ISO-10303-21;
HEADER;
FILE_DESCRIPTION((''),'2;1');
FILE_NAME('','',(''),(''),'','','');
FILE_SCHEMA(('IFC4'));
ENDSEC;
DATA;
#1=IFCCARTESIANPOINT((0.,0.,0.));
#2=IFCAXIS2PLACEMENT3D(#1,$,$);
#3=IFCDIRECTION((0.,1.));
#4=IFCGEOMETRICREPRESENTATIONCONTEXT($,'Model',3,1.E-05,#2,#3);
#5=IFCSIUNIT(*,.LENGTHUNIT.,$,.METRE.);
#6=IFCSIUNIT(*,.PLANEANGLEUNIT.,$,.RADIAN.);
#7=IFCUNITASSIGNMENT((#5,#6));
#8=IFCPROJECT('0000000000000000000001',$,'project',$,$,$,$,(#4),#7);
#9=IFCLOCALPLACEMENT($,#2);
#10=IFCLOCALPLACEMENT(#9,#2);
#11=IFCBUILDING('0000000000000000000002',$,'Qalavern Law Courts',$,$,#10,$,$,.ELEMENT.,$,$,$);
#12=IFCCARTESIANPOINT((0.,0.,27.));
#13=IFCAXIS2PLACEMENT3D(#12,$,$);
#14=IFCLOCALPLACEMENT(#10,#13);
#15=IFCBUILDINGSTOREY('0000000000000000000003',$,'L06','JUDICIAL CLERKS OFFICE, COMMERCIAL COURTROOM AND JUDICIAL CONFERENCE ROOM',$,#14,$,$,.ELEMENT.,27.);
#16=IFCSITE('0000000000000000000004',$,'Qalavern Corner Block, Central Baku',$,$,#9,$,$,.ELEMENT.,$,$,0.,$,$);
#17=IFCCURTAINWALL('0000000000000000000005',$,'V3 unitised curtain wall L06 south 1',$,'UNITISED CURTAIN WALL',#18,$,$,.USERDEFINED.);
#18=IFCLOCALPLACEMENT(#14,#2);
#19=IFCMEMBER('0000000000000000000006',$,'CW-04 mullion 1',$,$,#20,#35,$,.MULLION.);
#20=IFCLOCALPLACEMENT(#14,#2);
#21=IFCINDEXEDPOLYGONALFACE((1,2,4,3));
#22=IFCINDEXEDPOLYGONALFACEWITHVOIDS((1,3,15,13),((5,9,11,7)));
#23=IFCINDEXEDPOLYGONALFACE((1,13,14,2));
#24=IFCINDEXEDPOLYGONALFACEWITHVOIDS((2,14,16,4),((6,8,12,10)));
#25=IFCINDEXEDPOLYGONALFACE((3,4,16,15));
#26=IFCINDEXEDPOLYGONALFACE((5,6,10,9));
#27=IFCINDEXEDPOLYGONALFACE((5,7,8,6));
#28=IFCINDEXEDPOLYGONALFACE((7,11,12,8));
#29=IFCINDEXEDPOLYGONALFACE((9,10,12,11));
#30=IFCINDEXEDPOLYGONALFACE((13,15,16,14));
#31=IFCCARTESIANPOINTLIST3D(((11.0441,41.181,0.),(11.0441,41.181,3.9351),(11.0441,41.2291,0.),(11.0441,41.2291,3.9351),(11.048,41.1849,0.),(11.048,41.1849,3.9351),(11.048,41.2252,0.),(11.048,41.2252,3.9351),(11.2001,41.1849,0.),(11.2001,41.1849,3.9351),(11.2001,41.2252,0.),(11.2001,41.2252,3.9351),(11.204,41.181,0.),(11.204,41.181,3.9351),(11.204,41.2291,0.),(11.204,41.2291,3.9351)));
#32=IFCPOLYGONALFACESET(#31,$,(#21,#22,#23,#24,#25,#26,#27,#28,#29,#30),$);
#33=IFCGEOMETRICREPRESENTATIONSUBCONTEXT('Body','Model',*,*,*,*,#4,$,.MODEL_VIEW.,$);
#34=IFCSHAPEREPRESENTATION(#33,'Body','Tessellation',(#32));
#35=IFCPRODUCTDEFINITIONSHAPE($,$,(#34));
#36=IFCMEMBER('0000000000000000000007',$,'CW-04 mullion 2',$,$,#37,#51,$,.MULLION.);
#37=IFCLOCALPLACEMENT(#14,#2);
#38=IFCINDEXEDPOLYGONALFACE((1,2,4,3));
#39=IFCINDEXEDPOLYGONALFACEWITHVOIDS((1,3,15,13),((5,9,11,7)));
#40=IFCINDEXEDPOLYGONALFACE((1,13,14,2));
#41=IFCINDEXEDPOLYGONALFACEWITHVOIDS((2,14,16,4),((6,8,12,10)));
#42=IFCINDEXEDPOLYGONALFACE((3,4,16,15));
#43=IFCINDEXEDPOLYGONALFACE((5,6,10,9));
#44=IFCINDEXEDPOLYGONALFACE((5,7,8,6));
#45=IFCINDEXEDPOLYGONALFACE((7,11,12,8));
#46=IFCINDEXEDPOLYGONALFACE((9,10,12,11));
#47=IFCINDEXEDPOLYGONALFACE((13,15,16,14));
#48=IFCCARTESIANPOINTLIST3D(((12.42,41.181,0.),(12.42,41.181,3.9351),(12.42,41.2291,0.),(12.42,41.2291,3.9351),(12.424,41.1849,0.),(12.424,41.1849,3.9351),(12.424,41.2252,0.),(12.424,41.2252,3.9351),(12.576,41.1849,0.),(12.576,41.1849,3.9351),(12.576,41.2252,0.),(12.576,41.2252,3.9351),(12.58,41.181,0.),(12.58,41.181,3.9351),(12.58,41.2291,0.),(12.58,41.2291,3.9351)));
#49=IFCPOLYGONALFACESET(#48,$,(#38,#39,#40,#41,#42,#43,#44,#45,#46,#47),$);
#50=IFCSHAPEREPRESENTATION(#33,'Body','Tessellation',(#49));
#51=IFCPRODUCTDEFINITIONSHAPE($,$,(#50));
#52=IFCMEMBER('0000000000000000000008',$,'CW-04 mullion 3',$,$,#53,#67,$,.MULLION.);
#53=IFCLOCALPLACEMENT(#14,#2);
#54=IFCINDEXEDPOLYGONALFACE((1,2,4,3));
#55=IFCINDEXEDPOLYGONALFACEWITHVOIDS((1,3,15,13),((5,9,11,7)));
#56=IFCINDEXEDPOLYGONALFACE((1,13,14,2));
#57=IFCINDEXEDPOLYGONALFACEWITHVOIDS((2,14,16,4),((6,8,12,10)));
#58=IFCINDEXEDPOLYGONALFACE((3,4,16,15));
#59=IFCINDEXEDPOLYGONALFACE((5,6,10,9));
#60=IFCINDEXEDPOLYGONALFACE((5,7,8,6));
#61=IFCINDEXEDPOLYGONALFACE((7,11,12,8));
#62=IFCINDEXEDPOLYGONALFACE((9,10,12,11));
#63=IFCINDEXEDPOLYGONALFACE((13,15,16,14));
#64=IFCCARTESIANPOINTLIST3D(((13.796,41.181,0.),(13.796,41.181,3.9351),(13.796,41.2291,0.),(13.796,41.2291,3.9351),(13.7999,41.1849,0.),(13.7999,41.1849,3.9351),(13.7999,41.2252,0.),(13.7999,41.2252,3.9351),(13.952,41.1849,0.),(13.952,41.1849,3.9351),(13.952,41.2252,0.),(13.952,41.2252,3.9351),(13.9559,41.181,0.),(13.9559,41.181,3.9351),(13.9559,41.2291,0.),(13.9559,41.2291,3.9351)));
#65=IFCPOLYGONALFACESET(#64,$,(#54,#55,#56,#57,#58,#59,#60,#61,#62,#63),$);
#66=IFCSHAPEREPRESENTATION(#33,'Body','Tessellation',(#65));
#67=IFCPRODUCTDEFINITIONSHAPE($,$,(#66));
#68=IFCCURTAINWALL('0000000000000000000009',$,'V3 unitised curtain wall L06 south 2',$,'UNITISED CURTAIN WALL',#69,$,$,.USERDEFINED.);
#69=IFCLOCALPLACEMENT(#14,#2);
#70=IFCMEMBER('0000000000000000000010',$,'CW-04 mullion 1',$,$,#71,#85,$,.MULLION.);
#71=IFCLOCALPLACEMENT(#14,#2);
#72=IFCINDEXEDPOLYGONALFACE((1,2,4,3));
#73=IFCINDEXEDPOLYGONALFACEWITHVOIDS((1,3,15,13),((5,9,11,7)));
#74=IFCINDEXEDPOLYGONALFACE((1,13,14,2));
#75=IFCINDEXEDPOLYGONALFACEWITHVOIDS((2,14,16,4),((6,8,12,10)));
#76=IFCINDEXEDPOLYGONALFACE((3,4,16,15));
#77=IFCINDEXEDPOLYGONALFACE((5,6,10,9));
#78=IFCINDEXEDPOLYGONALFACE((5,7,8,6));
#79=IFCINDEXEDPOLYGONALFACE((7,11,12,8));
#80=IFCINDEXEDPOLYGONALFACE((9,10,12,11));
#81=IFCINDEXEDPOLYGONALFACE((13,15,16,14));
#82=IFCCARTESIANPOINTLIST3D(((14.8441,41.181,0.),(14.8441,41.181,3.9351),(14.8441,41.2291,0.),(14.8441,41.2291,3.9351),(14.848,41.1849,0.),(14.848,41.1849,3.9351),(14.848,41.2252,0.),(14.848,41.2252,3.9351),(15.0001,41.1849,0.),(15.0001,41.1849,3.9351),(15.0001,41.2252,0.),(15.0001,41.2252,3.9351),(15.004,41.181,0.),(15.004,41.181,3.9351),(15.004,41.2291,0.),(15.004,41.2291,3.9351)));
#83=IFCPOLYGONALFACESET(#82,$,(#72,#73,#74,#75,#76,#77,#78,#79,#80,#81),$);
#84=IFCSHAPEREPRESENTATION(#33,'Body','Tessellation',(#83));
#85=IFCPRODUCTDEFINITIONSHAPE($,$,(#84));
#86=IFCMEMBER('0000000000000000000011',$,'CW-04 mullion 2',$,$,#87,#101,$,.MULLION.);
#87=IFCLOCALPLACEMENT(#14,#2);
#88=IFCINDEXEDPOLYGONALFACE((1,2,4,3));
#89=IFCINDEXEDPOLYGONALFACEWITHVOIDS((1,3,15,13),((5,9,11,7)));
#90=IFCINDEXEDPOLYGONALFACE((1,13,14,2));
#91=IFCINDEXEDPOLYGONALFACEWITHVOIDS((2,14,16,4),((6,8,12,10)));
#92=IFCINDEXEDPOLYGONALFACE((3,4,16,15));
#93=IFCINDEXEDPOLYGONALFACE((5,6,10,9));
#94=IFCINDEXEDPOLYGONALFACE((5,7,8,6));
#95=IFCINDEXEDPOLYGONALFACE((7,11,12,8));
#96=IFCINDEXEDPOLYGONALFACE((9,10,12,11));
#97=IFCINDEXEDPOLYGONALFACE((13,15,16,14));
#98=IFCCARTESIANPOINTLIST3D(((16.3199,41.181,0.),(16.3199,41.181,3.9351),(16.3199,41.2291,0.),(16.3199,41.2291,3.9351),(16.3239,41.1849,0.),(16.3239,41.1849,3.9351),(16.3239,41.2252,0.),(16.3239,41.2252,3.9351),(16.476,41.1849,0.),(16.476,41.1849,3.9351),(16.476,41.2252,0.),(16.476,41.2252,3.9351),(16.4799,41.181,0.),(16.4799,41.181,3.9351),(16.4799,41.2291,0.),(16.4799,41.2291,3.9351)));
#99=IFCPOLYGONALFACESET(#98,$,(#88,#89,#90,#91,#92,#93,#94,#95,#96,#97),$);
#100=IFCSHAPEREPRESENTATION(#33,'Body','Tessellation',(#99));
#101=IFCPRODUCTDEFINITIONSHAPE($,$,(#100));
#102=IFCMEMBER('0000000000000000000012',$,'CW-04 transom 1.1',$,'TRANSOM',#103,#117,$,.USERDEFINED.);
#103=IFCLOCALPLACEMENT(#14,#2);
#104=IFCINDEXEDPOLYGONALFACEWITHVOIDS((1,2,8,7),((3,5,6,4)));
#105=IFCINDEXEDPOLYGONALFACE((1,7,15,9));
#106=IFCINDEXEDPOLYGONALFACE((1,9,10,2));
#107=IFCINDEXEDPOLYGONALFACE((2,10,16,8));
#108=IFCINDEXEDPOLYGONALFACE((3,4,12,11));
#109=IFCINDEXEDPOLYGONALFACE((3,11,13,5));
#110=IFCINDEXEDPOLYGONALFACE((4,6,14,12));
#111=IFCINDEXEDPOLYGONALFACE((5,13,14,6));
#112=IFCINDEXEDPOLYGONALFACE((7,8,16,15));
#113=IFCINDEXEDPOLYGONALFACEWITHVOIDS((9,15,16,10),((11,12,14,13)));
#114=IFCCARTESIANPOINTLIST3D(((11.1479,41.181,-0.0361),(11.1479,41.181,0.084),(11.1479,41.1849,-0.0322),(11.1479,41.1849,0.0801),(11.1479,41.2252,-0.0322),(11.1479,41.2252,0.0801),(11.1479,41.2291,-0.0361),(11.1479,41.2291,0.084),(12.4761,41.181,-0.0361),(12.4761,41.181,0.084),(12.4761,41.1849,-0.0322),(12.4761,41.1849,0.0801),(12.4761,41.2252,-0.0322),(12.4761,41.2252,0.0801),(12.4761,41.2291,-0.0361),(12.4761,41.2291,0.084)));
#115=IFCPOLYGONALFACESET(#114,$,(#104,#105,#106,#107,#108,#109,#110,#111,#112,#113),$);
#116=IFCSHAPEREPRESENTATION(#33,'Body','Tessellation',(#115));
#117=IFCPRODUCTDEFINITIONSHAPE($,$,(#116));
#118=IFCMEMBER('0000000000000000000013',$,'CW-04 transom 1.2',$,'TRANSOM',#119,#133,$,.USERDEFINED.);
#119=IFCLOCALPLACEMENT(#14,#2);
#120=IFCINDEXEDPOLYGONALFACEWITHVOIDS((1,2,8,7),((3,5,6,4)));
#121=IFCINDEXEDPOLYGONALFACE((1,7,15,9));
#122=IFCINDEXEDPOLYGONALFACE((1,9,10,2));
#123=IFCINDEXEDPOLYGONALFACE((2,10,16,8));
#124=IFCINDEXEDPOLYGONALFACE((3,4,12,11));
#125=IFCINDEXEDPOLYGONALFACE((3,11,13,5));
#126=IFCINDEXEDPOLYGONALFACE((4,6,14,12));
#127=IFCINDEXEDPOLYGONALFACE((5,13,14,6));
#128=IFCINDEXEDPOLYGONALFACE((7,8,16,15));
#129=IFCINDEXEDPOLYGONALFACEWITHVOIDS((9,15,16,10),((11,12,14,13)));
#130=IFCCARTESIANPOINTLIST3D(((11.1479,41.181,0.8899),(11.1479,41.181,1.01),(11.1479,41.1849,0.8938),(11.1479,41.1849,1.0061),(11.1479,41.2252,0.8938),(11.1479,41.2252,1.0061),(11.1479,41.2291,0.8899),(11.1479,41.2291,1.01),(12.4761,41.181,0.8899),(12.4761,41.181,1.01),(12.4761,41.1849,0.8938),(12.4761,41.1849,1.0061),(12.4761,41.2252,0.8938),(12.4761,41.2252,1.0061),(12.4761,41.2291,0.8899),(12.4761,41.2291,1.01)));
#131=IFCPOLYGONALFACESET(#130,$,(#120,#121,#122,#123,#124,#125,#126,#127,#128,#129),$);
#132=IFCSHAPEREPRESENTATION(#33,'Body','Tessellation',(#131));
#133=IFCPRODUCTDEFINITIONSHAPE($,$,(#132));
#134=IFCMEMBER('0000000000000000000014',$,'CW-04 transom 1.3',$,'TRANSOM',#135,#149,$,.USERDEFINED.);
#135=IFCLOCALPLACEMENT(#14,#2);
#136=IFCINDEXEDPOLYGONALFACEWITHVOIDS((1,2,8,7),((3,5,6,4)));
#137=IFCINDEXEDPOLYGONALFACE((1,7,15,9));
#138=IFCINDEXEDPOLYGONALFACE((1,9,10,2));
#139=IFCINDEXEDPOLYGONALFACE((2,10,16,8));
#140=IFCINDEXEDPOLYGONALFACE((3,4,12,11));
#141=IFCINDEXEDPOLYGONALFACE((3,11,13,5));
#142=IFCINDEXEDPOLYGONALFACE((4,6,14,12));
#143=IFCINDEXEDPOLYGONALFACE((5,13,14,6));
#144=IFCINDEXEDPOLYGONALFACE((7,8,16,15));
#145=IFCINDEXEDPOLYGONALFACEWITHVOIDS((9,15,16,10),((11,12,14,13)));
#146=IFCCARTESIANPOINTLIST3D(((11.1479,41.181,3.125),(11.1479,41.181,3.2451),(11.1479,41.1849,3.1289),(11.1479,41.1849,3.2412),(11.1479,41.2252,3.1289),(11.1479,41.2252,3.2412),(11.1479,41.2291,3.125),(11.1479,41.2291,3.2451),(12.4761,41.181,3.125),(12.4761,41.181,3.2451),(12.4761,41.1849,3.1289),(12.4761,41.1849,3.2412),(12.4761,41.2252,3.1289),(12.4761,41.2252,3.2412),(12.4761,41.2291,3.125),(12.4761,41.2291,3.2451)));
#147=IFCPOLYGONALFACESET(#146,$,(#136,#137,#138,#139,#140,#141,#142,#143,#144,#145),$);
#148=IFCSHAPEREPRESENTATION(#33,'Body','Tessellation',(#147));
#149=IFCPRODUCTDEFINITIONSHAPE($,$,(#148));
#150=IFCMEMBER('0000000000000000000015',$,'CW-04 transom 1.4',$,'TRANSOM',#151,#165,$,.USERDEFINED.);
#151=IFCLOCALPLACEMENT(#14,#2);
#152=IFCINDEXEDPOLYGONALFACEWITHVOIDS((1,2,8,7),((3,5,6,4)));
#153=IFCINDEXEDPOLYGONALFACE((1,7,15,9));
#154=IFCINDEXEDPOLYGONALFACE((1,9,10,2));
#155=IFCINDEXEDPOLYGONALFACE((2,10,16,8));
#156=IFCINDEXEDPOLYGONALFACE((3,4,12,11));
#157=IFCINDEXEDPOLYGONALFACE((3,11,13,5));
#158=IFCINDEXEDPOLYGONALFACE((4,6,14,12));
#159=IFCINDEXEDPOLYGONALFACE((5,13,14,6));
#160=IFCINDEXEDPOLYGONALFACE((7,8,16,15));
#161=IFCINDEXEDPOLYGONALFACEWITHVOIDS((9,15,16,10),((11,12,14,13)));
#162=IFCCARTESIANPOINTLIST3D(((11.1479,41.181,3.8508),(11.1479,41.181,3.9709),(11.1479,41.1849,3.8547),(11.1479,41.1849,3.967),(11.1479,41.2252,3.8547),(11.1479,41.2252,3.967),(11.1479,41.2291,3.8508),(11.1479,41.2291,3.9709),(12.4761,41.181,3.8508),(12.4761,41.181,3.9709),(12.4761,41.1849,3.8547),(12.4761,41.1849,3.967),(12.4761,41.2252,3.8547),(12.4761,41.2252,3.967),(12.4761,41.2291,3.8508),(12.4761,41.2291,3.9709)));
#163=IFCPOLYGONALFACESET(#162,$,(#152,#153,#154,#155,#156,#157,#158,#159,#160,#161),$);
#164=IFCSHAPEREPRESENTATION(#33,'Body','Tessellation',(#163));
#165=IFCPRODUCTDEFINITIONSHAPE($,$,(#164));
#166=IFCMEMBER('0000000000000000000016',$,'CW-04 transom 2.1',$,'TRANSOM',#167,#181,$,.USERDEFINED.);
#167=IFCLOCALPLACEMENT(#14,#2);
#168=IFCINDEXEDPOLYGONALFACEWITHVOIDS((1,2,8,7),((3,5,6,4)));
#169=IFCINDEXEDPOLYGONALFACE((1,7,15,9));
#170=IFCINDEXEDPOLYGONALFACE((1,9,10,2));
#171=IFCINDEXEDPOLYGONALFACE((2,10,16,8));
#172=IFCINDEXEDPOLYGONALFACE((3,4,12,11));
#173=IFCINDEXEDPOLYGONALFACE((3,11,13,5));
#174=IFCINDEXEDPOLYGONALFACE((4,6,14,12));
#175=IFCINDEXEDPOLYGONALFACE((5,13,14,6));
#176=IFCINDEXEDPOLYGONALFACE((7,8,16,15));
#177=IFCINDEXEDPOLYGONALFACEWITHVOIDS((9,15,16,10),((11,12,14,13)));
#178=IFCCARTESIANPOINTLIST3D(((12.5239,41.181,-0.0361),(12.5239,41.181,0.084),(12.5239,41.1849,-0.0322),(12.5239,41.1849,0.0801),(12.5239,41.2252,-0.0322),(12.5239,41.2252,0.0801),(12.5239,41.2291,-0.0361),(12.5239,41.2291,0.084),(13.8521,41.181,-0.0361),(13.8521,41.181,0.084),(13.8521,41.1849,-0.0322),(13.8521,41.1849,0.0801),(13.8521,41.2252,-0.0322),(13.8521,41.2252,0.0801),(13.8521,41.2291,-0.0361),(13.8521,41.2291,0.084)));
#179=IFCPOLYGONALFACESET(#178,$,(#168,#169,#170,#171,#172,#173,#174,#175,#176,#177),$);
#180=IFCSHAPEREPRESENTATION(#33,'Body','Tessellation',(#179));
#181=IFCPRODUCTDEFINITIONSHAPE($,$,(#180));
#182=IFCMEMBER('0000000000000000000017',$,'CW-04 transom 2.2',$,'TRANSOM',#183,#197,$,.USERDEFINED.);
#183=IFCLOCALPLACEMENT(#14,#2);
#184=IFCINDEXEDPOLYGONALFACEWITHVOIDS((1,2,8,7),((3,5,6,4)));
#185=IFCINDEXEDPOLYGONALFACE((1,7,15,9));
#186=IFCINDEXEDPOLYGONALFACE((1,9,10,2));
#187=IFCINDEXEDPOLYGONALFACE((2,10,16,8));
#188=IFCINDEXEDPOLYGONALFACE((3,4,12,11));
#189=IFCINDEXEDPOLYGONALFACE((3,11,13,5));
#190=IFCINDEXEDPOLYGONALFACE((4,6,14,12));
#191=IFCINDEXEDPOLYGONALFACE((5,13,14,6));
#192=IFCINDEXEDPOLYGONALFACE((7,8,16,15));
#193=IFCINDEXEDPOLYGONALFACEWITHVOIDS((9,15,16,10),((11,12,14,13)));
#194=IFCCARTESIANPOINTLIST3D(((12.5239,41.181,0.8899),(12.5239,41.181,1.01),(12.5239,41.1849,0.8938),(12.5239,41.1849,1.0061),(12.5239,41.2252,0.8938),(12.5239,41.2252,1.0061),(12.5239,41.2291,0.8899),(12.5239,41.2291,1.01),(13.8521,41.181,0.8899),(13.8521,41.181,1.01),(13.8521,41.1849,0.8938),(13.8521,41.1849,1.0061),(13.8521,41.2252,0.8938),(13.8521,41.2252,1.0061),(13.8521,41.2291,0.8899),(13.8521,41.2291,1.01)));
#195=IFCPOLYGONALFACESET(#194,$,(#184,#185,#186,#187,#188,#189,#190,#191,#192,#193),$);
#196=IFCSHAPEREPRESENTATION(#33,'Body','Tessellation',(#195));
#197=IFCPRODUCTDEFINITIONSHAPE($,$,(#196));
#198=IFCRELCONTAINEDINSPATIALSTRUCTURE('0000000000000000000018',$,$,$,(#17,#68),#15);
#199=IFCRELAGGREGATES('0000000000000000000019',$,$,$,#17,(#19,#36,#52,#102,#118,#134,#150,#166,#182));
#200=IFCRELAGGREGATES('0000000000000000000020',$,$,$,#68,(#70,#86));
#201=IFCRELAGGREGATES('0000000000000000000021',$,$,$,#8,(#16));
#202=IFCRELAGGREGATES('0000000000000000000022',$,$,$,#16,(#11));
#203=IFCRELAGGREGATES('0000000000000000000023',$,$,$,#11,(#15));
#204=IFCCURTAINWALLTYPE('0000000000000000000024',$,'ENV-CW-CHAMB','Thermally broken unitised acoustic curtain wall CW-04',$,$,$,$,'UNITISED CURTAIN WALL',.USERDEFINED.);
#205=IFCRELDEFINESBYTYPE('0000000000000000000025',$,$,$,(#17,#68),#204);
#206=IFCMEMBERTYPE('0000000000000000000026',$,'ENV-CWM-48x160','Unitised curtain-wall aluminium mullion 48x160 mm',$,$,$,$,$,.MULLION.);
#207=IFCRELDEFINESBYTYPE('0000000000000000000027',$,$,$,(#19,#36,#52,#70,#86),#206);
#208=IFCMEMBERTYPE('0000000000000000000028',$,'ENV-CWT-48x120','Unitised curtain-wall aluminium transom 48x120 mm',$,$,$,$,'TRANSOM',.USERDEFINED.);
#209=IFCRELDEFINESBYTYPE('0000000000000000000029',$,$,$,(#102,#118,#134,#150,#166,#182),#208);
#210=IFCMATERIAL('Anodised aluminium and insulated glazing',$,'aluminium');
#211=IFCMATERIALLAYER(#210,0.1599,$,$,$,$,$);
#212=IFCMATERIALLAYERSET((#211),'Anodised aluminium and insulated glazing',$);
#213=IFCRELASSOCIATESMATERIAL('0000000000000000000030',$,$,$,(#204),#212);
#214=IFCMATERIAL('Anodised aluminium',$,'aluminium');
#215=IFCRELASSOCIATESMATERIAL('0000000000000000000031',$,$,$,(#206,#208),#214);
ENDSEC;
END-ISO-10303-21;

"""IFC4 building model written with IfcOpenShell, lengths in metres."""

from ifc_helpers import new_model, si_unit, direction, frame, origin, origin_2d, place, context, subcontext, project, spatial, hollow_rectangle, extrude, material, layer, layer_set, material_profile, profile_set, type_object, element, aggregate, save


model = new_model("IFC4")

# Units and contexts
model_context = context("Model", 3, precision=1e-05, world=origin(), true_north=direction((0.0, 1.0)))
body_context = subcontext(model_context, "Body", "Model", "MODEL_VIEW")
ifc_project = project(units=[si_unit("LENGTHUNIT", "METRE"), si_unit("PLANEANGLEUNIT", "RADIAN")], contexts=[model_context])

# Site, building, storey
site_placement = place(None, origin())
site = spatial("IfcSite", under=ifc_project, at=site_placement, Name="Qalavern Corner Block, Central Baku", CompositionType="ELEMENT", RefElevation=0.0)
building_placement = place(site_placement, origin())
building = spatial("IfcBuilding", under=site, at=building_placement, Name="Qalavern Law Courts", CompositionType="ELEMENT")
storey_placement = place(building_placement, frame((0.0, 0.0, 27.0)))
storey = spatial("IfcBuildingStorey", under=building, at=storey_placement, Name="L06", Description="JUDICIAL CLERKS OFFICE, COMMERCIAL COURTROOM AND JUDICIAL CONFERENCE ROOM", CompositionType="ELEMENT", Elevation=27.0)

# Curtain walls, members
ifc_material_1 = material(Name="Anodised aluminium and insulated glazing", Category="aluminium")
ifc_layer_1 = layer(ifc_material_1, 0.1599)
ifc_layer_set_1 = layer_set([ifc_layer_1], Name="Anodised aluminium and insulated glazing")
curtain_wall_type = type_object("IfcCurtainWallType", Name="ENV-CW-CHAMB", Description="Thermally broken unitised acoustic curtain wall CW-04", ElementType="UNITISED CURTAIN WALL", PredefinedType="USERDEFINED", material=ifc_layer_set_1)
curtain_wall_1_placement = place(storey_placement, origin())
curtain_wall_1 = element("IfcCurtainWall", 1, at=curtain_wall_1_placement, inside=storey, type_object=curtain_wall_type, Name="V3 unitised curtain wall L06 south 1", ObjectType="UNITISED CURTAIN WALL", PredefinedType="USERDEFINED")
ifc_material_2 = material(Name="Anodised aluminium", Category="aluminium")
ifc_material_profile_1 = material_profile(ifc_material_2, hollow_rectangle(XDim=0.0481, YDim=0.1599, WallThickness=0.0039, at=origin_2d()), Name="ALU MULLION 48x160")
ifc_profile_set_1 = profile_set([ifc_material_profile_1], Name="Anodised aluminium")
member_type_1 = type_object("IfcMemberType", Name="ENV-CWM-48x160", Description="Unitised curtain-wall aluminium mullion 48x160 mm", PredefinedType="MULLION", material=ifc_profile_set_1)
member_1_placement = place(storey_placement, frame((11.124, 41.2051, 0.0), z_axis=(0.0, 0.0, 1.0), x_axis=(0.0, 1.0, 0.0)))
member_1 = element("IfcMember", 2, at=member_1_placement, type_object=member_type_1, Name="CW-04 mullion 1", PredefinedType="MULLION", context=body_context, shape_type="SweptSolid", body=[
    extrude(hollow_rectangle(XDim=0.0481, YDim=0.1599, WallThickness=0.0039, at=origin_2d()), origin(), (0.0, 0.0, 1.0), 3.9351),
])
member_2_placement = place(storey_placement, frame((12.5, 41.2051, 0.0), z_axis=(0.0, 0.0, 1.0), x_axis=(0.0, 1.0, 0.0)))
member_2 = element("IfcMember", 3, at=member_2_placement, type_object=member_type_1, Name="CW-04 mullion 2", PredefinedType="MULLION", context=body_context, shape_type="SweptSolid", body=[
    extrude(hollow_rectangle(XDim=0.0481, YDim=0.1599, WallThickness=0.0039, at=origin_2d()), origin(), (0.0, 0.0, 1.0), 3.9351),
])
member_3_placement = place(storey_placement, frame((13.876, 41.2051, 0.0), z_axis=(0.0, 0.0, 1.0), x_axis=(0.0, 1.0, 0.0)))
member_3 = element("IfcMember", 4, at=member_3_placement, type_object=member_type_1, Name="CW-04 mullion 3", PredefinedType="MULLION", context=body_context, shape_type="SweptSolid", body=[
    extrude(hollow_rectangle(XDim=0.0481, YDim=0.1599, WallThickness=0.0039, at=origin_2d()), origin(), (0.0, 0.0, 1.0), 3.9351),
])
curtain_wall_2_placement = place(storey_placement, origin())
curtain_wall_2 = element("IfcCurtainWall", 5, at=curtain_wall_2_placement, inside=storey, type_object=curtain_wall_type, Name="V3 unitised curtain wall L06 south 2", ObjectType="UNITISED CURTAIN WALL", PredefinedType="USERDEFINED")
member_4_placement = place(storey_placement, frame((14.9241, 41.2051, 0.0), z_axis=(0.0, 0.0, 1.0), x_axis=(0.0, 1.0, 0.0)))
member_4 = element("IfcMember", 6, at=member_4_placement, type_object=member_type_1, Name="CW-04 mullion 1", PredefinedType="MULLION", context=body_context, shape_type="SweptSolid", body=[
    extrude(hollow_rectangle(XDim=0.0481, YDim=0.1599, WallThickness=0.0039, at=origin_2d()), origin(), (0.0, 0.0, 1.0), 3.9351),
])
member_5_placement = place(storey_placement, frame((16.3999, 41.2051, 0.0), z_axis=(0.0, 0.0, 1.0), x_axis=(0.0, 1.0, 0.0)))
member_5 = element("IfcMember", 7, at=member_5_placement, type_object=member_type_1, Name="CW-04 mullion 2", PredefinedType="MULLION", context=body_context, shape_type="SweptSolid", body=[
    extrude(hollow_rectangle(XDim=0.0481, YDim=0.1599, WallThickness=0.0039, at=origin_2d()), origin(), (0.0, 0.0, 1.0), 3.9351),
])

# Members
ifc_material_profile_2 = material_profile(ifc_material_2, hollow_rectangle(XDim=0.0481, YDim=0.1201, WallThickness=0.0039, at=origin_2d()), Name="ALU TRANSOM 48x120")
ifc_profile_set_2 = profile_set([ifc_material_profile_2], Name="Anodised aluminium")
member_type_2 = type_object("IfcMemberType", Name="ENV-CWT-48x120", Description="Unitised curtain-wall aluminium transom 48x120 mm", ElementType="TRANSOM", PredefinedType="USERDEFINED", material=ifc_profile_set_2)
member_6_placement = place(storey_placement, frame((11.1479, 41.2051, 0.0239), z_axis=(1.0, 0.0, 0.0), x_axis=(0.0, 1.0, 0.0)))
member_6 = element("IfcMember", 8, at=member_6_placement, type_object=member_type_2, Name="CW-04 transom 1.1", ObjectType="TRANSOM", PredefinedType="USERDEFINED", context=body_context, shape_type="SweptSolid", body=[
    extrude(hollow_rectangle(XDim=0.0481, YDim=0.1201, WallThickness=0.0039, at=origin_2d()), origin(), (0.0, 0.0, 1.0), 1.3281),
])
member_7_placement = place(storey_placement, frame((11.1479, 41.2051, 0.95), z_axis=(1.0, 0.0, 0.0), x_axis=(0.0, 1.0, 0.0)))
member_7 = element("IfcMember", 9, at=member_7_placement, type_object=member_type_2, Name="CW-04 transom 1.2", ObjectType="TRANSOM", PredefinedType="USERDEFINED", context=body_context, shape_type="SweptSolid", body=[
    extrude(hollow_rectangle(XDim=0.0481, YDim=0.1201, WallThickness=0.0039, at=origin_2d()), origin(), (0.0, 0.0, 1.0), 1.3281),
])
member_8_placement = place(storey_placement, frame((11.1479, 41.2051, 3.1851), z_axis=(1.0, 0.0, 0.0), x_axis=(0.0, 1.0, 0.0)))
member_8 = element("IfcMember", 10, at=member_8_placement, type_object=member_type_2, Name="CW-04 transom 1.3", ObjectType="TRANSOM", PredefinedType="USERDEFINED", context=body_context, shape_type="SweptSolid", body=[
    extrude(hollow_rectangle(XDim=0.0481, YDim=0.1201, WallThickness=0.0039, at=origin_2d()), origin(), (0.0, 0.0, 1.0), 1.3281),
])
member_9_placement = place(storey_placement, frame((11.1479, 41.2051, 3.9109), z_axis=(1.0, 0.0, 0.0), x_axis=(0.0, 1.0, 0.0)))
member_9 = element("IfcMember", 11, at=member_9_placement, type_object=member_type_2, Name="CW-04 transom 1.4", ObjectType="TRANSOM", PredefinedType="USERDEFINED", context=body_context, shape_type="SweptSolid", body=[
    extrude(hollow_rectangle(XDim=0.0481, YDim=0.1201, WallThickness=0.0039, at=origin_2d()), origin(), (0.0, 0.0, 1.0), 1.3281),
])
member_10_placement = place(storey_placement, frame((12.5239, 41.2051, 0.0239), z_axis=(1.0, 0.0, 0.0), x_axis=(0.0, 1.0, 0.0)))
member_10 = element("IfcMember", 12, at=member_10_placement, type_object=member_type_2, Name="CW-04 transom 2.1", ObjectType="TRANSOM", PredefinedType="USERDEFINED", context=body_context, shape_type="SweptSolid", body=[
    extrude(hollow_rectangle(XDim=0.0481, YDim=0.1201, WallThickness=0.0039, at=origin_2d()), origin(), (0.0, 0.0, 1.0), 1.3281),
])
member_11_placement = place(storey_placement, frame((12.5239, 41.2051, 0.95), z_axis=(1.0, 0.0, 0.0), x_axis=(0.0, 1.0, 0.0)))
member_11 = element("IfcMember", 13, at=member_11_placement, type_object=member_type_2, Name="CW-04 transom 2.2", ObjectType="TRANSOM", PredefinedType="USERDEFINED", context=body_context, shape_type="SweptSolid", body=[
    extrude(hollow_rectangle(XDim=0.0481, YDim=0.1201, WallThickness=0.0039, at=origin_2d()), origin(), (0.0, 0.0, 1.0), 1.3281),
])

aggregate(curtain_wall_1, [member_1, member_2, member_3, member_6, member_7, member_8, member_9, member_10, member_11])
aggregate(curtain_wall_2, [member_4, member_5])

save(model, "model.ifc")
